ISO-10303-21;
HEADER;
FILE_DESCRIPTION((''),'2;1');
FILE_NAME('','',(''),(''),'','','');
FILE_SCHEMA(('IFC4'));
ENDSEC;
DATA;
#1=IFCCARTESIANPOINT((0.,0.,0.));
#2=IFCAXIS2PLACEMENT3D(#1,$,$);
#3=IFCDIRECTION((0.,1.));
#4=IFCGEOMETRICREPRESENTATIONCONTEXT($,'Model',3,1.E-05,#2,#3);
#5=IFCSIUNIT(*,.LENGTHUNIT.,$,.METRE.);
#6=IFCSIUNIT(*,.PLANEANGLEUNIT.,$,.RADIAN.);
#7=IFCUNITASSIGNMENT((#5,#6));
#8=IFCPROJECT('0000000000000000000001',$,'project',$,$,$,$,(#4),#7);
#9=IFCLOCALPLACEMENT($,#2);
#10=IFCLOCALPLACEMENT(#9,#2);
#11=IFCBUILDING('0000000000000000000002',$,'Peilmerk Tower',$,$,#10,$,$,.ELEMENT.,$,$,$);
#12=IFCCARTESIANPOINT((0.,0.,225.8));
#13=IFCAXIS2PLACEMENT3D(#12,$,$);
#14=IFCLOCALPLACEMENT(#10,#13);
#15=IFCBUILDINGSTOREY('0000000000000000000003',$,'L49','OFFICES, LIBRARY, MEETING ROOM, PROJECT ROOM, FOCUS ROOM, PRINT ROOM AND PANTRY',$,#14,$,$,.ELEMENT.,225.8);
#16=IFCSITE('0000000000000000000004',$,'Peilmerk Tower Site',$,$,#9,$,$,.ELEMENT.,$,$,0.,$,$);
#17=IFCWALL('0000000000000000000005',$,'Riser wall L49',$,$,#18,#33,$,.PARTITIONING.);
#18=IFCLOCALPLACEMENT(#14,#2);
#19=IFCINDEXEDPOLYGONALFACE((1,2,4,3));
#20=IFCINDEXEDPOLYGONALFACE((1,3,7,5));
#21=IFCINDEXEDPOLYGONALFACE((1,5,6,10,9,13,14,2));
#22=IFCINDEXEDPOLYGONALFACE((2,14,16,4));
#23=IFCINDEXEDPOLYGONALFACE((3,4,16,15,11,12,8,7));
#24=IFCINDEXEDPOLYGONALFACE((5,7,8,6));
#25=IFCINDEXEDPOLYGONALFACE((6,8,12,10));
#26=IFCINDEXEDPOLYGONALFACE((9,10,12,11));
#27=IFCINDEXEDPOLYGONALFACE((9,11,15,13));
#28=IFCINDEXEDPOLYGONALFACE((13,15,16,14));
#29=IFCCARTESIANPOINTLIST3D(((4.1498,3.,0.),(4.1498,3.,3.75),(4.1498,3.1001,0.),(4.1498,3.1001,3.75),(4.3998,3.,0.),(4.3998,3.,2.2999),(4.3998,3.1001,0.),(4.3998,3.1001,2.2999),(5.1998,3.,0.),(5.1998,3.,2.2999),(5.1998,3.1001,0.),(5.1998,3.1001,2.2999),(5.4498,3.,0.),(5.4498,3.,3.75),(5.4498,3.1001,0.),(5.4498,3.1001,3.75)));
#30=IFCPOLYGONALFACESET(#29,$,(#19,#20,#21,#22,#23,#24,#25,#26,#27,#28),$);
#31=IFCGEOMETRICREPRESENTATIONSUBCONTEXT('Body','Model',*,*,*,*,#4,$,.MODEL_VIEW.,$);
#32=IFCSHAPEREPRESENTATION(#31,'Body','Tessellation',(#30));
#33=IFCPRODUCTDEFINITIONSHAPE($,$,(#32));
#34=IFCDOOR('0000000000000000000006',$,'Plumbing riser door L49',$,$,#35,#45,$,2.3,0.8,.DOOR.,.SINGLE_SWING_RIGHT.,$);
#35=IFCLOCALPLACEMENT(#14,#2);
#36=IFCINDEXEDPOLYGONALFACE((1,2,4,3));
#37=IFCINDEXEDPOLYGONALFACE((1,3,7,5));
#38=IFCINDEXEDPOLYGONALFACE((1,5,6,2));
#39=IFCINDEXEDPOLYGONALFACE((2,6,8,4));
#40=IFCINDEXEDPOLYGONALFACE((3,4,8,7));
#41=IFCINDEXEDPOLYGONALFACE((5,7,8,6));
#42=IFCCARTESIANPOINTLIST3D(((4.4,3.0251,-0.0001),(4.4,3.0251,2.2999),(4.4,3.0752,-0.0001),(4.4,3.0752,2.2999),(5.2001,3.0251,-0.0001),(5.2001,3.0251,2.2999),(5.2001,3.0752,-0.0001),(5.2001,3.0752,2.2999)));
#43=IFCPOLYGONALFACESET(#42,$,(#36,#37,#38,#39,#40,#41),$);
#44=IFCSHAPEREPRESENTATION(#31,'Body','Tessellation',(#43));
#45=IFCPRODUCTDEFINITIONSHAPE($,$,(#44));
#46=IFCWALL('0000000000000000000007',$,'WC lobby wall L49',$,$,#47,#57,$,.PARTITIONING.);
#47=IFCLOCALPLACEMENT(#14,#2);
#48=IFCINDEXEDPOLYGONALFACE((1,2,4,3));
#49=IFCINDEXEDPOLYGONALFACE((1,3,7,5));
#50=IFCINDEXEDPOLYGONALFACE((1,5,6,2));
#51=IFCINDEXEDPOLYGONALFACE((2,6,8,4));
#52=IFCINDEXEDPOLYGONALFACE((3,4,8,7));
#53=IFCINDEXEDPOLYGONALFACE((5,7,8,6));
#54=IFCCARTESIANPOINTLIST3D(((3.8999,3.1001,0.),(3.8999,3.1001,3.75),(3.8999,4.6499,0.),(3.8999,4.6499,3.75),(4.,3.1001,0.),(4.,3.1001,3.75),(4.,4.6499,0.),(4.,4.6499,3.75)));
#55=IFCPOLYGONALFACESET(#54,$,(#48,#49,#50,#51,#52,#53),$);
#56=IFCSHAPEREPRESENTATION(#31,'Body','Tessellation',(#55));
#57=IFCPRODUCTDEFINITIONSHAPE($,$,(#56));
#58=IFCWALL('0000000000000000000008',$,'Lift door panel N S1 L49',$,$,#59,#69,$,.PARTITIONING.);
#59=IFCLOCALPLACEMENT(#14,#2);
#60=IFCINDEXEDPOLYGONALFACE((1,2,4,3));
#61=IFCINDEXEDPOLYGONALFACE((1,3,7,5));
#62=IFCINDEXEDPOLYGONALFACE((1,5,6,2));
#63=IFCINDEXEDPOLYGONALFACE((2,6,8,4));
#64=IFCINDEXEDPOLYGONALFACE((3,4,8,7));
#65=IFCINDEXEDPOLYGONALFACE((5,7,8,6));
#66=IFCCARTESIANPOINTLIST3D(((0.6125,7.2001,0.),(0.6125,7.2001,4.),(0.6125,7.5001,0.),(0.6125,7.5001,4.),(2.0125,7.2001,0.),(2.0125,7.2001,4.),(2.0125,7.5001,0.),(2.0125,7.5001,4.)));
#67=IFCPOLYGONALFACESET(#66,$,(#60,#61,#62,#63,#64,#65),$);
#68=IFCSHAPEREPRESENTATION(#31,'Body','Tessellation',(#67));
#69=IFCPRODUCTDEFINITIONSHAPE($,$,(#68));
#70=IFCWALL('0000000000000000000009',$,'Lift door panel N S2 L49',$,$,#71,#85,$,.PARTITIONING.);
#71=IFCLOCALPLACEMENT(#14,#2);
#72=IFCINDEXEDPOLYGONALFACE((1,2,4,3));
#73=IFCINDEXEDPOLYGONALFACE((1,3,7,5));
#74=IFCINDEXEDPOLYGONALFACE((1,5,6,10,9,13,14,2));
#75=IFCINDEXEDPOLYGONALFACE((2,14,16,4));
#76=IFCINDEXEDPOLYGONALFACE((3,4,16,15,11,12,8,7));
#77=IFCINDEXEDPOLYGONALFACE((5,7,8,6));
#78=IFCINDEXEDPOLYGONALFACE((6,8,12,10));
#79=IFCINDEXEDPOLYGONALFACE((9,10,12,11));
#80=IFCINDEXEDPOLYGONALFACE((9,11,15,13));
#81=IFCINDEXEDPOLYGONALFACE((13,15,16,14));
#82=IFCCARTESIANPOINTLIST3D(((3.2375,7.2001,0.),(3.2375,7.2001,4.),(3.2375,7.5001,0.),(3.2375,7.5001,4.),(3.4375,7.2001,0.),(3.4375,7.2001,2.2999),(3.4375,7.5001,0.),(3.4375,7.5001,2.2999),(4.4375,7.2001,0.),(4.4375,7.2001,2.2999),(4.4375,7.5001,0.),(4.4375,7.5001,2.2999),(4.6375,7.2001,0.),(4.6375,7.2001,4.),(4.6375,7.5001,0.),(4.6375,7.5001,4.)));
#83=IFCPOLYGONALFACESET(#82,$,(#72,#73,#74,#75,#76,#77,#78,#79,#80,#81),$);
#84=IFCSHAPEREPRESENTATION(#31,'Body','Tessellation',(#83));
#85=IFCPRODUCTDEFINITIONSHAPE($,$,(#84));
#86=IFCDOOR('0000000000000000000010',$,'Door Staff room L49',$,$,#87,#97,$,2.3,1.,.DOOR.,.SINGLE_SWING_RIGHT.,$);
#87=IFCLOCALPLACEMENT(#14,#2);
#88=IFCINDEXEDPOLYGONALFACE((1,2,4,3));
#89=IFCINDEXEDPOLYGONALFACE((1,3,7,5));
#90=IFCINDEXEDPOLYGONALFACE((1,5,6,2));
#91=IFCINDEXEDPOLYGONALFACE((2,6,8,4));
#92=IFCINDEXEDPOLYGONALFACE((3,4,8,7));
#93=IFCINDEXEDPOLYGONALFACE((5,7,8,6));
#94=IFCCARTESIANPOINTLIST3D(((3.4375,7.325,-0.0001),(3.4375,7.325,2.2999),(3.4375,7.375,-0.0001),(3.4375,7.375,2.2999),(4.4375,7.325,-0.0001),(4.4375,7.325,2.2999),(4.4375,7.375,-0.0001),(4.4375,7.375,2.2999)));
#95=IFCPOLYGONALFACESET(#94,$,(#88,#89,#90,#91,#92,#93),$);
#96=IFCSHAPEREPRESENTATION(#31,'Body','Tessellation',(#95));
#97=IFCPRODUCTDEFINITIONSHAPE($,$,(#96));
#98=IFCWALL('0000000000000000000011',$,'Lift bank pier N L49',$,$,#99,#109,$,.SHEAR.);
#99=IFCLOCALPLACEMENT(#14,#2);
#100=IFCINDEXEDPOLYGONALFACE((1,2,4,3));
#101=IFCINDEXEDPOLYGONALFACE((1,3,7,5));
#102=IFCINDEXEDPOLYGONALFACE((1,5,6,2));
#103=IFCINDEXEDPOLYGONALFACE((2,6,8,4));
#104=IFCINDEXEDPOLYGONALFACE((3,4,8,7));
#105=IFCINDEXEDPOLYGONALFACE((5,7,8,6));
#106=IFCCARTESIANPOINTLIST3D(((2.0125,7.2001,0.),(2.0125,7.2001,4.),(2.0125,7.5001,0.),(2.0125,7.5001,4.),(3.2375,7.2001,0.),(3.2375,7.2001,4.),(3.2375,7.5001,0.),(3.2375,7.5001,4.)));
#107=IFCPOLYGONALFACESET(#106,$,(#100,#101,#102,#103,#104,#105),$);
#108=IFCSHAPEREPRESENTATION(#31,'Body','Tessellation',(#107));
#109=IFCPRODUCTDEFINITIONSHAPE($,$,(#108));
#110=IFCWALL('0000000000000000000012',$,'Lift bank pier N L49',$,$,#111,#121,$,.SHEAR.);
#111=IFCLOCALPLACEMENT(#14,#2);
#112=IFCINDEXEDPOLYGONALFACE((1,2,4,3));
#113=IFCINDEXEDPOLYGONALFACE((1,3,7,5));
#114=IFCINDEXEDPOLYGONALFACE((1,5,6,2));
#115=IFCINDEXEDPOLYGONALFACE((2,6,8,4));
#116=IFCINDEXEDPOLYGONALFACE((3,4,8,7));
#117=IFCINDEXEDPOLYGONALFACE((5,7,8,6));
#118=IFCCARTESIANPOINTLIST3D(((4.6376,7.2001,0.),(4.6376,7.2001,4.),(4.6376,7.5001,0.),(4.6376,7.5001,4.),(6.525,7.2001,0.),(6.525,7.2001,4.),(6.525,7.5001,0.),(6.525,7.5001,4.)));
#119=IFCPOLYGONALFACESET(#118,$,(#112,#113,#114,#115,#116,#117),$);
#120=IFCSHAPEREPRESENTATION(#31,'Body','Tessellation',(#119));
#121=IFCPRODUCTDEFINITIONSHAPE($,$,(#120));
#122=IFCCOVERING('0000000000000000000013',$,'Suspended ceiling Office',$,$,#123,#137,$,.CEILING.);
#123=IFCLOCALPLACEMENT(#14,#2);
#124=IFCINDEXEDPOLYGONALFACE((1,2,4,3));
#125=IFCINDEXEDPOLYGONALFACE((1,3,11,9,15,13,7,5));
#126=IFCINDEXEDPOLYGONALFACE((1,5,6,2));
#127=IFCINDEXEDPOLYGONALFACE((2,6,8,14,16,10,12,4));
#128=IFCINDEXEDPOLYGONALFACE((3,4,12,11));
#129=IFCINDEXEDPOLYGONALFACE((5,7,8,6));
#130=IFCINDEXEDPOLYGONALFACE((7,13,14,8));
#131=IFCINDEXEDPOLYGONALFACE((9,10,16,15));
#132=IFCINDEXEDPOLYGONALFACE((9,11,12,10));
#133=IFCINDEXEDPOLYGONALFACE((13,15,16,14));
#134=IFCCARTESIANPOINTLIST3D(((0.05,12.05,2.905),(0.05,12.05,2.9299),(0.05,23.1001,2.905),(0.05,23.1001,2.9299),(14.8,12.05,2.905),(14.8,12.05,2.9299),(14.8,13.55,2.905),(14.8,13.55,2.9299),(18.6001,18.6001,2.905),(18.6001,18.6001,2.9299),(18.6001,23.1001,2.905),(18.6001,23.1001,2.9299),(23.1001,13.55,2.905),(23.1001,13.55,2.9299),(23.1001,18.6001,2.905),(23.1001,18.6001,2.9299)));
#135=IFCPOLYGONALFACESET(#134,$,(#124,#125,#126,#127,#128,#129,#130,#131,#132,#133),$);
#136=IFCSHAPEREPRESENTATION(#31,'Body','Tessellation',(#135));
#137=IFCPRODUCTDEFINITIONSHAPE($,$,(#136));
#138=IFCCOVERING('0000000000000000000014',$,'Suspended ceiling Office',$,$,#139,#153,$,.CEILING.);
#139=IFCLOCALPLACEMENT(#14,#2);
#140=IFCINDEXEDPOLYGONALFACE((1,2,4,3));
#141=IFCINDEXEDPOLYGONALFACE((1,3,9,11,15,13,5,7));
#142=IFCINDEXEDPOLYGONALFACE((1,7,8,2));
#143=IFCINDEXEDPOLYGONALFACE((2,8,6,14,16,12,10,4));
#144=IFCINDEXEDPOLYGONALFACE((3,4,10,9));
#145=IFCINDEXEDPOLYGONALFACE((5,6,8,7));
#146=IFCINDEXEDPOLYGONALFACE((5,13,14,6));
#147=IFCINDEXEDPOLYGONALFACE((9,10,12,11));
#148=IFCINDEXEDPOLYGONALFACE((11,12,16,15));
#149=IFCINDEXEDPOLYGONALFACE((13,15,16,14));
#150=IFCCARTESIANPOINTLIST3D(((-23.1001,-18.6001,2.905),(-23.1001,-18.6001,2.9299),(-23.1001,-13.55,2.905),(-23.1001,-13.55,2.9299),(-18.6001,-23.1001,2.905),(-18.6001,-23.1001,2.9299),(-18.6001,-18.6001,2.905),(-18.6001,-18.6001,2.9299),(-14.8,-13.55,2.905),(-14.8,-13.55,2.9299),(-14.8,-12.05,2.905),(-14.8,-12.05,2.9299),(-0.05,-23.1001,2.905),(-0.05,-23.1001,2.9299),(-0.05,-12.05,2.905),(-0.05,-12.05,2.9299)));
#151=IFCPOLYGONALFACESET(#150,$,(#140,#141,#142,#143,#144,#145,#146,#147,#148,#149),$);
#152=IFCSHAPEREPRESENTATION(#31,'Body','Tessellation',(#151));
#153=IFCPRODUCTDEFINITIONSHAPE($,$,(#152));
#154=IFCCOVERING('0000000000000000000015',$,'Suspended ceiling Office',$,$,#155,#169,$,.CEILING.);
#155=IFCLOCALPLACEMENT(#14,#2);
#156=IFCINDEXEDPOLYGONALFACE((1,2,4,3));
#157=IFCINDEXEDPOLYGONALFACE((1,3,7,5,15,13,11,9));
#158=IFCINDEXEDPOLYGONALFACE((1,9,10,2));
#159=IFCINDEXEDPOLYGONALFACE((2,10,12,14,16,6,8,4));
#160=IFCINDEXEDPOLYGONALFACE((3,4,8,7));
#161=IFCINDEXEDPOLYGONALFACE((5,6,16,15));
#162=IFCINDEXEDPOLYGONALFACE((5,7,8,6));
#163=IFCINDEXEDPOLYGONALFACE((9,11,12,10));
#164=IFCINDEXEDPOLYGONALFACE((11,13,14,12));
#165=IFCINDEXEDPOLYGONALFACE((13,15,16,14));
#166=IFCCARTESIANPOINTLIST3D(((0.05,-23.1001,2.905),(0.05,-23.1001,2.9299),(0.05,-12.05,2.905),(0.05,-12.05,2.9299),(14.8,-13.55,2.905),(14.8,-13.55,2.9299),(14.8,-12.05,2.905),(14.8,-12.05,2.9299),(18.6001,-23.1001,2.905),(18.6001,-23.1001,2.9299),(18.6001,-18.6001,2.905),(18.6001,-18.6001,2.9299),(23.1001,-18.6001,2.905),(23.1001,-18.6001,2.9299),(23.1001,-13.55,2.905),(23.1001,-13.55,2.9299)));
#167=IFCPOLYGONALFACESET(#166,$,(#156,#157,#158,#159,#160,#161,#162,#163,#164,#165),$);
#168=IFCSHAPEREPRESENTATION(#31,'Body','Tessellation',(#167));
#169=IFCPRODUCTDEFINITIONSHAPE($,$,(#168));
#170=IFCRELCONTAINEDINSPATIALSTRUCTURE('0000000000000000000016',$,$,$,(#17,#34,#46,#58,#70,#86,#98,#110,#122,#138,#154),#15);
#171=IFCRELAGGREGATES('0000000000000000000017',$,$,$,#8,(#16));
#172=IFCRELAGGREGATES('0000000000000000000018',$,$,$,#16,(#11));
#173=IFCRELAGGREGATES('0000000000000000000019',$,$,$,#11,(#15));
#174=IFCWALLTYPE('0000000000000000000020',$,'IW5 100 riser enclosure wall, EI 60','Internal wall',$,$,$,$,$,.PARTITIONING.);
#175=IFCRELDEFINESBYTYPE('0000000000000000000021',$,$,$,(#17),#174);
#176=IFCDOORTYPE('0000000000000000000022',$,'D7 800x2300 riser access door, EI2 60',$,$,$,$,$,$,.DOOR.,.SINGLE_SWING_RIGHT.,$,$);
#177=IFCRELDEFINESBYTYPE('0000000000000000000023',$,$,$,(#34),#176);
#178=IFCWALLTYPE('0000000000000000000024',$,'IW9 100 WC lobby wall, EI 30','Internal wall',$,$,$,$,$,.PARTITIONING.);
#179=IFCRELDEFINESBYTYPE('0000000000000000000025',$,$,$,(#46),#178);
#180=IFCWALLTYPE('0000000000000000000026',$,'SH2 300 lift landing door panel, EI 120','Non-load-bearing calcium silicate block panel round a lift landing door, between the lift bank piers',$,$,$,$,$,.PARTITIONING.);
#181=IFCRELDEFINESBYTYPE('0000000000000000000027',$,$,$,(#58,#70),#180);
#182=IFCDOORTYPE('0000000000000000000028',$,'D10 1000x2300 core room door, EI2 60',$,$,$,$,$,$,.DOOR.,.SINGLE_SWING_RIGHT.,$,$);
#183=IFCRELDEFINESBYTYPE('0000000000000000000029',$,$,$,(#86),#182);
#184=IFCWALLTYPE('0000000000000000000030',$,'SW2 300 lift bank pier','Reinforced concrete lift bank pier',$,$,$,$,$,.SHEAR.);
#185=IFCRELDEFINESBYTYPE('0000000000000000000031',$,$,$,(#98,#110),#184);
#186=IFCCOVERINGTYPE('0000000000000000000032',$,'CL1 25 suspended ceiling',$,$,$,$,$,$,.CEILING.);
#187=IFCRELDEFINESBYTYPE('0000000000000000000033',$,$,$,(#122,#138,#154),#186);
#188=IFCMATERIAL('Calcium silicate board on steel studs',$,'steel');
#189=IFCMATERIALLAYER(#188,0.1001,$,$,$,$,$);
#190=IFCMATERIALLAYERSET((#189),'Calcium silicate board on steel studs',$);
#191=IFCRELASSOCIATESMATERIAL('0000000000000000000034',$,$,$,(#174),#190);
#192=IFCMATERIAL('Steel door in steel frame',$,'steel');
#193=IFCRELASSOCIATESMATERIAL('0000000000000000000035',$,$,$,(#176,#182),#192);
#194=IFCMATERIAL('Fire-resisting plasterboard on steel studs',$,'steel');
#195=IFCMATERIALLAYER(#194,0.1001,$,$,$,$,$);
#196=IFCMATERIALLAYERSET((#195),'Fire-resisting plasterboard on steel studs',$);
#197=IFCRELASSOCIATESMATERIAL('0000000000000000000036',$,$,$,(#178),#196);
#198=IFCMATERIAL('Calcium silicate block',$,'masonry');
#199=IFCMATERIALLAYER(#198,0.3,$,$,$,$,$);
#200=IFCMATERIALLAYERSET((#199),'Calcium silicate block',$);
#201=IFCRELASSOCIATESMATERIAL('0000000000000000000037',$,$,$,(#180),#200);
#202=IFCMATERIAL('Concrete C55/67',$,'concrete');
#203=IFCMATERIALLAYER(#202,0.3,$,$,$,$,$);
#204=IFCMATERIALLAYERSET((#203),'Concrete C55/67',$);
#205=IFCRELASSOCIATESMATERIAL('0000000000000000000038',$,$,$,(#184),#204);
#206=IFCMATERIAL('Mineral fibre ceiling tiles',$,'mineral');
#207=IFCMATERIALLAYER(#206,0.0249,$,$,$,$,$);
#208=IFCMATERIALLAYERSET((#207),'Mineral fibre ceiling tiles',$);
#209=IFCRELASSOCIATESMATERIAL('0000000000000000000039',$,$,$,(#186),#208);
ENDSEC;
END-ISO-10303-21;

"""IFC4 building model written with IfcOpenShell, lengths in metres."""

from ifc_helpers import new_model, si_unit, direction, frame, frame_2d, origin, place, context, subcontext, project, spatial, polyline, rectangle, outline, extrude, material, layer, layer_set, type_object, element, fill, save


model = new_model("IFC4")

# Units and contexts
model_context = context("Model", 3, precision=1e-05, world=origin(), true_north=direction((0.0, 1.0)))
body_context = subcontext(model_context, "Body", "Model", "MODEL_VIEW")
ifc_project = project(units=[si_unit("LENGTHUNIT", "METRE"), si_unit("PLANEANGLEUNIT", "RADIAN")], contexts=[model_context])

# Site, building, storey
site_placement = place(None, origin())
site = spatial("IfcSite", under=ifc_project, at=site_placement, Name="Peilmerk Tower Site", CompositionType="ELEMENT", RefElevation=0.0)
building_placement = place(site_placement, origin())
building = spatial("IfcBuilding", under=site, at=building_placement, Name="Peilmerk Tower", CompositionType="ELEMENT")
storey_placement = place(building_placement, frame((0.0, 0.0, 225.8)))
storey = spatial("IfcBuildingStorey", under=building, at=storey_placement, Name="L49", Description="OFFICES, LIBRARY, MEETING ROOM, PROJECT ROOM, FOCUS ROOM, PRINT ROOM AND PANTRY", CompositionType="ELEMENT", Elevation=225.8)

# Wall, opening, door
ifc_material_1 = material(Name="Calcium silicate board on steel studs", Category="steel")
ifc_layer_1 = layer(ifc_material_1, 0.1001)
ifc_layer_set_1 = layer_set([ifc_layer_1], Name="Calcium silicate board on steel studs")
wall_type_1 = type_object("IfcWallType", Name="IW5 100 riser enclosure wall, EI 60", Description="Internal wall", PredefinedType="PARTITIONING", material=ifc_layer_set_1)
wall_1_placement = place(storey_placement, frame((4.1499, 3.05, 0.0), z_axis=(0.0, 0.0, 1.0), x_axis=(1.0, 0.0, 0.0)))
wall_1 = element("IfcWall", 1, at=wall_1_placement, inside=storey, type_object=wall_type_1, Name="Riser wall L49", PredefinedType="PARTITIONING", context=body_context, shape_type="SweptSolid", body=[
    extrude(rectangle(XDim=1.3, YDim=0.1001, at=frame_2d((0.6499, 0.0))), origin(), (0.0, 0.0, 1.0), 3.75),
])
opening_1_placement = place(wall_1_placement, frame((0.25, 0.0, 0.0)))
opening_1 = element("IfcOpeningElement", 2, at=opening_1_placement, cuts=wall_1, PredefinedType="OPENING", context=body_context, shape_type="SweptSolid", body=[
    extrude(rectangle(XDim=0.8, YDim=2.3, at=frame_2d((0.3999, 1.1499))), frame((0.0, 0.0601, 0.0), z_axis=(0.0, -1.0, 0.0), x_axis=(1.0, 0.0, 0.0)), (0.0, 0.0, 1.0), 0.1201),
])
ifc_material_2 = material(Name="Steel door in steel frame", Category="steel")
door_type_1 = type_object("IfcDoorType", Name="D7 800x2300 riser access door, EI2 60", OperationType="SINGLE_SWING_RIGHT", PredefinedType="DOOR", material=ifc_material_2)
door_1_placement = place(opening_1_placement, frame((0.8, 0.0, 0.0), z_axis=(0.0, 0.0, 1.0), x_axis=(-1.0, 0.0, 0.0)))
door_1 = element("IfcDoor", 3, at=door_1_placement, inside=storey, type_object=door_type_1, Name="Plumbing riser door L49", OperationType="SINGLE_SWING_RIGHT", OverallHeight=2.3, OverallWidth=0.8, PredefinedType="DOOR", context=body_context, shape_type="SweptSolid", body=[
    extrude(rectangle(XDim=0.8, YDim=2.3, at=frame_2d((0.3999, 1.1499))), frame((0.0, 0.0249, 0.0), z_axis=(0.0, -1.0, 0.0), x_axis=(1.0, 0.0, 0.0)), (0.0, 0.0, 1.0), 0.05),
])
fill(opening_1, door_1)

# Walls
ifc_material_3 = material(Name="Fire-resisting plasterboard on steel studs", Category="steel")
ifc_layer_2 = layer(ifc_material_3, 0.1001)
ifc_layer_set_2 = layer_set([ifc_layer_2], Name="Fire-resisting plasterboard on steel studs")
wall_type_2 = type_object("IfcWallType", Name="IW9 100 WC lobby wall, EI 30", Description="Internal wall", PredefinedType="PARTITIONING", material=ifc_layer_set_2)
wall_2_placement = place(storey_placement, frame((3.95, 3.1001, 0.0), z_axis=(0.0, 0.0, 1.0), x_axis=(0.0, 1.0, 0.0)))
element("IfcWall", 4, at=wall_2_placement, inside=storey, type_object=wall_type_2, Name="WC lobby wall L49", PredefinedType="PARTITIONING", context=body_context, shape_type="SweptSolid", body=[
    extrude(rectangle(XDim=1.5498, YDim=0.1001, at=frame_2d((0.7749, 0.0))), origin(), (0.0, 0.0, 1.0), 3.75),
])
ifc_material_4 = material(Name="Calcium silicate block", Category="masonry")
ifc_layer_3 = layer(ifc_material_4, 0.3)
ifc_layer_set_3 = layer_set([ifc_layer_3], Name="Calcium silicate block")
wall_type_3 = type_object("IfcWallType", Name="SH2 300 lift landing door panel, EI 120", Description="Non-load-bearing calcium silicate block panel round a lift landing door, between the lift bank piers", PredefinedType="PARTITIONING", material=ifc_layer_set_3)
wall_3_placement = place(storey_placement, frame((0.6125, 7.3501, 0.0), z_axis=(0.0, 0.0, 1.0), x_axis=(1.0, 0.0, 0.0)))
element("IfcWall", 5, at=wall_3_placement, inside=storey, type_object=wall_type_3, Name="Lift door panel N S1 L49", PredefinedType="PARTITIONING", context=body_context, shape_type="SweptSolid", body=[
    extrude(rectangle(XDim=1.3999, YDim=0.3, at=frame_2d((0.7, 0.0))), origin(), (0.0, 0.0, 1.0), 4.0),
])

# Wall, opening, door
wall_4_placement = place(storey_placement, frame((3.2375, 7.3501, 0.0), z_axis=(0.0, 0.0, 1.0), x_axis=(1.0, 0.0, 0.0)))
wall_4 = element("IfcWall", 6, at=wall_4_placement, inside=storey, type_object=wall_type_3, Name="Lift door panel N S2 L49", PredefinedType="PARTITIONING", context=body_context, shape_type="SweptSolid", body=[
    extrude(rectangle(XDim=1.3999, YDim=0.3, at=frame_2d((0.7, 0.0))), origin(), (0.0, 0.0, 1.0), 4.0),
])
opening_2_placement = place(wall_4_placement, frame((0.2, 0.0, 0.0)))
opening_2 = element("IfcOpeningElement", 7, at=opening_2_placement, cuts=wall_4, PredefinedType="OPENING", context=body_context, shape_type="SweptSolid", body=[
    extrude(rectangle(XDim=1.0, YDim=2.3, at=frame_2d((0.5, 1.1499))), frame((0.0, 0.1599, 0.0), z_axis=(0.0, -1.0, 0.0), x_axis=(1.0, 0.0, 0.0)), (0.0, 0.0, 1.0), 0.3201),
])
door_type_2 = type_object("IfcDoorType", Name="D10 1000x2300 core room door, EI2 60", OperationType="SINGLE_SWING_RIGHT", PredefinedType="DOOR", material=ifc_material_2)
door_2_placement = place(opening_2_placement, origin())
door_2 = element("IfcDoor", 8, at=door_2_placement, inside=storey, type_object=door_type_2, Name="Door Staff room L49", OperationType="SINGLE_SWING_RIGHT", OverallHeight=2.3, OverallWidth=1.0, PredefinedType="DOOR", context=body_context, shape_type="SweptSolid", body=[
    extrude(rectangle(XDim=1.0, YDim=2.3, at=frame_2d((0.5, 1.1499))), frame((0.0, 0.0249, 0.0), z_axis=(0.0, -1.0, 0.0), x_axis=(1.0, 0.0, 0.0)), (0.0, 0.0, 1.0), 0.05),
])
fill(opening_2, door_2)

# Walls
ifc_material_5 = material(Name="Concrete C55/67", Category="concrete")
ifc_layer_4 = layer(ifc_material_5, 0.3)
ifc_layer_set_4 = layer_set([ifc_layer_4], Name="Concrete C55/67")
wall_type_4 = type_object("IfcWallType", Name="SW2 300 lift bank pier", Description="Reinforced concrete lift bank pier", PredefinedType="SHEAR", material=ifc_layer_set_4)
wall_5_placement = place(storey_placement, frame((2.0125, 7.3501, 0.0), z_axis=(0.0, 0.0, 1.0), x_axis=(1.0, 0.0, 0.0)))
element("IfcWall", 9, at=wall_5_placement, inside=storey, type_object=wall_type_4, Name="Lift bank pier N L49", PredefinedType="SHEAR", context=body_context, shape_type="SweptSolid", body=[
    extrude(rectangle(XDim=1.2251, YDim=0.3, at=frame_2d((0.6125, 0.0))), origin(), (0.0, 0.0, 1.0), 4.0),
])
wall_6_placement = place(storey_placement, frame((4.6375, 7.3501, 0.0), z_axis=(0.0, 0.0, 1.0), x_axis=(1.0, 0.0, 0.0)))
element("IfcWall", 10, at=wall_6_placement, inside=storey, type_object=wall_type_4, Name="Lift bank pier N L49", PredefinedType="SHEAR", context=body_context, shape_type="SweptSolid", body=[
    extrude(rectangle(XDim=1.8875, YDim=0.3, at=frame_2d((0.9438, 0.0))), origin(), (0.0, 0.0, 1.0), 4.0),
])

# Coverings
ifc_material_6 = material(Name="Mineral fibre ceiling tiles", Category="mineral")
ifc_layer_5 = layer(ifc_material_6, 0.0249)
ifc_layer_set_5 = layer_set([ifc_layer_5], Name="Mineral fibre ceiling tiles")
covering_type = type_object("IfcCoveringType", Name="CL1 25 suspended ceiling", PredefinedType="CEILING", material=ifc_layer_set_5)
covering_1_placement = place(storey_placement, frame((0.0, 0.0, 2.905)))
element("IfcCovering", 11, at=covering_1_placement, inside=storey, type_object=covering_type, Name="Suspended ceiling Office", PredefinedType="CEILING", context=body_context, shape_type="SweptSolid", body=[
    extrude(outline(polyline([(18.6001, 23.1001), (0.05, 23.1001), (0.05, 12.05), (14.8, 12.05), (14.8, 13.55), (23.1001, 13.55), (23.1001, 18.6001), (18.6001, 18.6001), (18.6001, 23.1001)])), origin(), (0.0, 0.0, 1.0), 0.0249),
])
covering_2_placement = place(storey_placement, frame((0.0, 0.0, 2.905)))
element("IfcCovering", 12, at=covering_2_placement, inside=storey, type_object=covering_type, Name="Suspended ceiling Office", PredefinedType="CEILING", context=body_context, shape_type="SweptSolid", body=[
    extrude(outline(polyline([(-18.6001, -23.1001), (-0.05, -23.1001), (-0.05, -12.05), (-14.8, -12.05), (-14.8, -13.55), (-23.1001, -13.55), (-23.1001, -18.6001), (-18.6001, -18.6001), (-18.6001, -23.1001)])), origin(), (0.0, 0.0, 1.0), 0.0249),
])
covering_3_placement = place(storey_placement, frame((0.0, 0.0, 2.905)))
element("IfcCovering", 13, at=covering_3_placement, inside=storey, type_object=covering_type, Name="Suspended ceiling Office", PredefinedType="CEILING", context=body_context, shape_type="SweptSolid", body=[
    extrude(outline(polyline([(0.05, -23.1001), (18.6001, -23.1001), (18.6001, -18.6001), (23.1001, -18.6001), (23.1001, -13.55), (14.8, -13.55), (14.8, -12.05), (0.05, -12.05), (0.05, -23.1001)])), origin(), (0.0, 0.0, 1.0), 0.0249),
])

save(model, "model.ifc")
